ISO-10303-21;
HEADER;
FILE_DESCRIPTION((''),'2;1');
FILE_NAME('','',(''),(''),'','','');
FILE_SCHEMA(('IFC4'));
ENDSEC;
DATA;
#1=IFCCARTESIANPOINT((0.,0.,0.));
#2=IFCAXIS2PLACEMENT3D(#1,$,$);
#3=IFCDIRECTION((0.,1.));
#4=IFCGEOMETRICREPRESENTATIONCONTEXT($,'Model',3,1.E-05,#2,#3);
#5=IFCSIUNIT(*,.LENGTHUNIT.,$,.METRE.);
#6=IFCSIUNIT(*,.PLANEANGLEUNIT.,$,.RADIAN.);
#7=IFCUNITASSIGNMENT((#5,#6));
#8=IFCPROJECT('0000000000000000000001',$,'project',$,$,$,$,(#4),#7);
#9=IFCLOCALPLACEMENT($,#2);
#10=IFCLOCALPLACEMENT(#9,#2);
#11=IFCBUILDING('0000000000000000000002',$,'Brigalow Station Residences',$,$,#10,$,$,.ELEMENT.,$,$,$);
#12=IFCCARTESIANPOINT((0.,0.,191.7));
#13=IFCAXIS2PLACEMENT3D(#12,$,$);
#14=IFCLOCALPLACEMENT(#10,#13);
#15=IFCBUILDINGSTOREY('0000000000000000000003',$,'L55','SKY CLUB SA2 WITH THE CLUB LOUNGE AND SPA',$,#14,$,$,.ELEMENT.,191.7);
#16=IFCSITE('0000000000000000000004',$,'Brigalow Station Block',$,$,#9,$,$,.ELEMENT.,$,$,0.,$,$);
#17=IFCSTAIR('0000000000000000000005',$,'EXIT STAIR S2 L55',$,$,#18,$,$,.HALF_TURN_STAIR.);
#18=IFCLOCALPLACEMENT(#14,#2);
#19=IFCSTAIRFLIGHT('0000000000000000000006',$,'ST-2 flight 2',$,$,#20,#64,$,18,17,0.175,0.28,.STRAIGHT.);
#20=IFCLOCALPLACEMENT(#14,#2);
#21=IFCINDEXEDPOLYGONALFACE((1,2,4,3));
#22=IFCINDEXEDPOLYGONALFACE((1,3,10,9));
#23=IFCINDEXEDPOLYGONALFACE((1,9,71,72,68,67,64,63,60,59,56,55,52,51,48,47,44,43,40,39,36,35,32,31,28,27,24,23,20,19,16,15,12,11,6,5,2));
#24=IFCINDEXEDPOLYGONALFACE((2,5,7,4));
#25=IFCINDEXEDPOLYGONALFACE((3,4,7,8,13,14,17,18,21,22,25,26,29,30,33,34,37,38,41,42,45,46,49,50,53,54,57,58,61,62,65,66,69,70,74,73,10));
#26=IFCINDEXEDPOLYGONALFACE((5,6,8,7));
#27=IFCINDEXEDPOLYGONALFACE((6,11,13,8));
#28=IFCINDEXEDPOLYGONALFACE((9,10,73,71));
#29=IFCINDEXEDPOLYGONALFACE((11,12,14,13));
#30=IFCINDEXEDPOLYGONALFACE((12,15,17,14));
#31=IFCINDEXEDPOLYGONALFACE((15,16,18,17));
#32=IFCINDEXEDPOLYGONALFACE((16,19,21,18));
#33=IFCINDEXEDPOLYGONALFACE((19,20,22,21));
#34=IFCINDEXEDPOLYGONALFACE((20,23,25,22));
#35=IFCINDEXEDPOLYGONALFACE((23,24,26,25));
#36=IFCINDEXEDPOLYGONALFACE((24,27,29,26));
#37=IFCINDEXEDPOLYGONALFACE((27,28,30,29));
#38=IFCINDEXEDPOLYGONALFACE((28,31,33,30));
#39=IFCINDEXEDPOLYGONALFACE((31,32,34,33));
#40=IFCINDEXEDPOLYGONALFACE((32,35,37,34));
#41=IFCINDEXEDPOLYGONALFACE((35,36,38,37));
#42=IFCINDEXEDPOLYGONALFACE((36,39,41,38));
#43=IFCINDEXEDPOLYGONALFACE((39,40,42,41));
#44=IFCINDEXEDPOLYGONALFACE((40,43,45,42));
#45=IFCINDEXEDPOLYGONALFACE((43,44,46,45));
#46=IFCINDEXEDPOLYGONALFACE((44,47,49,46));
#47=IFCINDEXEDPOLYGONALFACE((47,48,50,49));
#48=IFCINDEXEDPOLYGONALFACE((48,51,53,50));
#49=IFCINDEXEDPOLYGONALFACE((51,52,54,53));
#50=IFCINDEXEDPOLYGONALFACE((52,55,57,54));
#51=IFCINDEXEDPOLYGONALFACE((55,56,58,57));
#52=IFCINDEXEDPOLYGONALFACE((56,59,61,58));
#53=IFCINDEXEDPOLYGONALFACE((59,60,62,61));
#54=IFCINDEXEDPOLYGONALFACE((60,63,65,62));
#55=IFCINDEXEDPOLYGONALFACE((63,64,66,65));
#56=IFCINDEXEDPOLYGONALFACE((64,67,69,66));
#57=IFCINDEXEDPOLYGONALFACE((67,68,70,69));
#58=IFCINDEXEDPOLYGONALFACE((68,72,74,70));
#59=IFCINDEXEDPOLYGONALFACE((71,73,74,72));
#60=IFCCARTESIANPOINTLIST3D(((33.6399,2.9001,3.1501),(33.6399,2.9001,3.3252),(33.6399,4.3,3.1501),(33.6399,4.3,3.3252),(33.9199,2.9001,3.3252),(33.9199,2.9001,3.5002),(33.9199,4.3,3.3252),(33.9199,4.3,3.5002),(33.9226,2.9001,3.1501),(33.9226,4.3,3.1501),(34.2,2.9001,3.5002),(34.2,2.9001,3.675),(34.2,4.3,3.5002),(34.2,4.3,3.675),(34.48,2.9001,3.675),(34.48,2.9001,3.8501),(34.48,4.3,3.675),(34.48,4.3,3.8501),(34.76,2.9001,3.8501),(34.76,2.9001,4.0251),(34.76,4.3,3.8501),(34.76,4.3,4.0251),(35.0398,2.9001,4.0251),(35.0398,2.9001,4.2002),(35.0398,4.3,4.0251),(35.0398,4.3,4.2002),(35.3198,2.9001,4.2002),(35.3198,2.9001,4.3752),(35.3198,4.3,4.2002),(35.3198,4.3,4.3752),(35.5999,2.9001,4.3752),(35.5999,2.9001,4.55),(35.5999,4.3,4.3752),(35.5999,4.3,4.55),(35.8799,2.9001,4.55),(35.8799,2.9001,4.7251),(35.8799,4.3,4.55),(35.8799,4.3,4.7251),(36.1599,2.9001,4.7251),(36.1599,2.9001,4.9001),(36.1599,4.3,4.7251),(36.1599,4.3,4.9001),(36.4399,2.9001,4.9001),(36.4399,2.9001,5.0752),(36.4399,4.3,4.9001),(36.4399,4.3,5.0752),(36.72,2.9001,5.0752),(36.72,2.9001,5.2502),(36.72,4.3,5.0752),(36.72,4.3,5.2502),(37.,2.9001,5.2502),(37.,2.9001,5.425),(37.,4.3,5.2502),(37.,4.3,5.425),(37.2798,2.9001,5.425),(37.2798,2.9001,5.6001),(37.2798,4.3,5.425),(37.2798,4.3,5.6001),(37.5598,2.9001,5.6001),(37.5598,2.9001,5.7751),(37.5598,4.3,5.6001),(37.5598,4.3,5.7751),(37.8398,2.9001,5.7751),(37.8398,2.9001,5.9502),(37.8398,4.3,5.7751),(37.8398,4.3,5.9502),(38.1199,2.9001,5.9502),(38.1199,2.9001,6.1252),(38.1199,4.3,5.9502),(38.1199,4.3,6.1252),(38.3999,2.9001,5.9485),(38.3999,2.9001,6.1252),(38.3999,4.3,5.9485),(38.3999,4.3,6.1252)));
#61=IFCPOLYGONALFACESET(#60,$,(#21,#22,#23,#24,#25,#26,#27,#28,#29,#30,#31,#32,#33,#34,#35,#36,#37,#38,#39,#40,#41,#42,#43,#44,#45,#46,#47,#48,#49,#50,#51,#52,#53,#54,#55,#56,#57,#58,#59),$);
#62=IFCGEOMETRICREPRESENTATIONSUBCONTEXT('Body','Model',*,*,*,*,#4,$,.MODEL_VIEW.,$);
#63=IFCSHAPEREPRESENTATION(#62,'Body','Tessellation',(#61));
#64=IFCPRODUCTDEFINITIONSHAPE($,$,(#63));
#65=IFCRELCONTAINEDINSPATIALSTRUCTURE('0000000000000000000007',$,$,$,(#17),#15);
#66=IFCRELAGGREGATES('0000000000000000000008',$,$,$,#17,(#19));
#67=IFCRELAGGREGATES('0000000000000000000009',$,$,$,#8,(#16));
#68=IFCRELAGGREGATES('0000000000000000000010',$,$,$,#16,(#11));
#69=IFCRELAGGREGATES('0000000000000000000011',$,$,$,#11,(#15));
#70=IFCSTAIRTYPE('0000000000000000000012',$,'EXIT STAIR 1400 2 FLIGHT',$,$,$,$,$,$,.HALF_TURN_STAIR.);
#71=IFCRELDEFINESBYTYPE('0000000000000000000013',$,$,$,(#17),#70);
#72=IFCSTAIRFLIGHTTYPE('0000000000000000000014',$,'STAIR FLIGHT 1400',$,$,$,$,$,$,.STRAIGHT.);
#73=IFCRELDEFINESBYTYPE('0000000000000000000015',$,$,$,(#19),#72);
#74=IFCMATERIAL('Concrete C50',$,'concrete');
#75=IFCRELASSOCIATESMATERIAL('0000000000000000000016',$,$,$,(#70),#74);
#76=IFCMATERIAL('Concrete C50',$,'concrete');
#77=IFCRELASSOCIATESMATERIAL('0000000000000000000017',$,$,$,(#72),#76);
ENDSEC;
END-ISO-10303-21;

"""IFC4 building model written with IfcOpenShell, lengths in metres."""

from ifc_helpers import new_model, si_unit, direction, frame, origin, place, context, subcontext, project, spatial, polyline, outline, extrude, material, type_object, element, aggregate, save


model = new_model("IFC4")

# Units and contexts
model_context = context("Model", 3, precision=1e-05, world=origin(), true_north=direction((0.0, 1.0)))
body_context = subcontext(model_context, "Body", "Model", "MODEL_VIEW")
ifc_project = project(units=[si_unit("LENGTHUNIT", "METRE"), si_unit("PLANEANGLEUNIT", "RADIAN")], contexts=[model_context])

# Site, building, storey
site_placement = place(None, origin())
site = spatial("IfcSite", under=ifc_project, at=site_placement, Name="Brigalow Station Block", CompositionType="ELEMENT", RefElevation=0.0)
building_placement = place(site_placement, origin())
building = spatial("IfcBuilding", under=site, at=building_placement, Name="Brigalow Station Residences", CompositionType="ELEMENT")
storey_placement = place(building_placement, frame((0.0, 0.0, 191.7)))
storey = spatial("IfcBuildingStorey", under=building, at=storey_placement, Name="L55", Description="SKY CLUB SA2 WITH THE CLUB LOUNGE AND SPA", CompositionType="ELEMENT", Elevation=191.7)

# Stair, stair flight
ifc_material_1 = material(Name="Concrete C50", Category="concrete")
stair_type = type_object("IfcStairType", Name="EXIT STAIR 1400 2 FLIGHT", PredefinedType="HALF_TURN_STAIR", material=ifc_material_1)
stair_placement = place(storey_placement, origin())
stair = element("IfcStair", 1, at=stair_placement, inside=storey, type_object=stair_type, Name="EXIT STAIR S2 L55", PredefinedType="HALF_TURN_STAIR")
ifc_material_2 = material(Name="Concrete C50", Category="concrete")
stair_flight_type = type_object("IfcStairFlightType", Name="STAIR FLIGHT 1400", PredefinedType="STRAIGHT", material=ifc_material_2)
stair_flight_placement = place(storey_placement, frame((33.6399, 3.6001, 3.1501), z_axis=(0.0, 0.0, 1.0), x_axis=(1.0, 0.0, 0.0)))
stair_flight = element("IfcStairFlight", 2, at=stair_flight_placement, type_object=stair_flight_type, Name="ST-2 flight 2", NumberOfRisers=18, NumberOfTreads=17, PredefinedType="STRAIGHT", RiserHeight=0.175, TreadLength=0.28, context=body_context, shape_type="SweptSolid", body=[
    extrude(outline(polyline([(0.0, 0.0), (0.0, 0.175), (0.28, 0.175), (0.28, 0.3501), (0.5601, 0.3501), (0.5601, 0.5249), (0.8401, 0.5249), (0.8401, 0.7), (1.1201, 0.7), (1.1201, 0.875), (1.3999, 0.875), (1.3999, 1.05), (1.6799, 1.05), (1.6799, 1.2251), (1.96, 1.2251), (1.96, 1.3999), (2.24, 1.3999), (2.24, 1.575), (2.52, 1.575), (2.52, 1.75), (2.8, 1.75), (2.8, 1.925), (3.0801, 1.925), (3.0801, 2.1001), (3.3601, 2.1001), (3.3601, 2.2749), (3.6399, 2.2749), (3.6399, 2.45), (3.9199, 2.45), (3.9199, 2.625), (4.2, 2.625), (4.2, 2.8), (4.48, 2.8), (4.48, 2.9751), (4.76, 2.9751), (4.76, 3.1499), (4.76, 2.7983), (0.2827, 0.0), (0.0, 0.0)])), frame((0.0, 0.7, 0.0), z_axis=(0.0, -1.0, 0.0), x_axis=(1.0, 0.0, 0.0)), (0.0, 0.0, 1.0), 1.3999),
])
aggregate(stair, [stair_flight])

save(model, "model.ifc")
